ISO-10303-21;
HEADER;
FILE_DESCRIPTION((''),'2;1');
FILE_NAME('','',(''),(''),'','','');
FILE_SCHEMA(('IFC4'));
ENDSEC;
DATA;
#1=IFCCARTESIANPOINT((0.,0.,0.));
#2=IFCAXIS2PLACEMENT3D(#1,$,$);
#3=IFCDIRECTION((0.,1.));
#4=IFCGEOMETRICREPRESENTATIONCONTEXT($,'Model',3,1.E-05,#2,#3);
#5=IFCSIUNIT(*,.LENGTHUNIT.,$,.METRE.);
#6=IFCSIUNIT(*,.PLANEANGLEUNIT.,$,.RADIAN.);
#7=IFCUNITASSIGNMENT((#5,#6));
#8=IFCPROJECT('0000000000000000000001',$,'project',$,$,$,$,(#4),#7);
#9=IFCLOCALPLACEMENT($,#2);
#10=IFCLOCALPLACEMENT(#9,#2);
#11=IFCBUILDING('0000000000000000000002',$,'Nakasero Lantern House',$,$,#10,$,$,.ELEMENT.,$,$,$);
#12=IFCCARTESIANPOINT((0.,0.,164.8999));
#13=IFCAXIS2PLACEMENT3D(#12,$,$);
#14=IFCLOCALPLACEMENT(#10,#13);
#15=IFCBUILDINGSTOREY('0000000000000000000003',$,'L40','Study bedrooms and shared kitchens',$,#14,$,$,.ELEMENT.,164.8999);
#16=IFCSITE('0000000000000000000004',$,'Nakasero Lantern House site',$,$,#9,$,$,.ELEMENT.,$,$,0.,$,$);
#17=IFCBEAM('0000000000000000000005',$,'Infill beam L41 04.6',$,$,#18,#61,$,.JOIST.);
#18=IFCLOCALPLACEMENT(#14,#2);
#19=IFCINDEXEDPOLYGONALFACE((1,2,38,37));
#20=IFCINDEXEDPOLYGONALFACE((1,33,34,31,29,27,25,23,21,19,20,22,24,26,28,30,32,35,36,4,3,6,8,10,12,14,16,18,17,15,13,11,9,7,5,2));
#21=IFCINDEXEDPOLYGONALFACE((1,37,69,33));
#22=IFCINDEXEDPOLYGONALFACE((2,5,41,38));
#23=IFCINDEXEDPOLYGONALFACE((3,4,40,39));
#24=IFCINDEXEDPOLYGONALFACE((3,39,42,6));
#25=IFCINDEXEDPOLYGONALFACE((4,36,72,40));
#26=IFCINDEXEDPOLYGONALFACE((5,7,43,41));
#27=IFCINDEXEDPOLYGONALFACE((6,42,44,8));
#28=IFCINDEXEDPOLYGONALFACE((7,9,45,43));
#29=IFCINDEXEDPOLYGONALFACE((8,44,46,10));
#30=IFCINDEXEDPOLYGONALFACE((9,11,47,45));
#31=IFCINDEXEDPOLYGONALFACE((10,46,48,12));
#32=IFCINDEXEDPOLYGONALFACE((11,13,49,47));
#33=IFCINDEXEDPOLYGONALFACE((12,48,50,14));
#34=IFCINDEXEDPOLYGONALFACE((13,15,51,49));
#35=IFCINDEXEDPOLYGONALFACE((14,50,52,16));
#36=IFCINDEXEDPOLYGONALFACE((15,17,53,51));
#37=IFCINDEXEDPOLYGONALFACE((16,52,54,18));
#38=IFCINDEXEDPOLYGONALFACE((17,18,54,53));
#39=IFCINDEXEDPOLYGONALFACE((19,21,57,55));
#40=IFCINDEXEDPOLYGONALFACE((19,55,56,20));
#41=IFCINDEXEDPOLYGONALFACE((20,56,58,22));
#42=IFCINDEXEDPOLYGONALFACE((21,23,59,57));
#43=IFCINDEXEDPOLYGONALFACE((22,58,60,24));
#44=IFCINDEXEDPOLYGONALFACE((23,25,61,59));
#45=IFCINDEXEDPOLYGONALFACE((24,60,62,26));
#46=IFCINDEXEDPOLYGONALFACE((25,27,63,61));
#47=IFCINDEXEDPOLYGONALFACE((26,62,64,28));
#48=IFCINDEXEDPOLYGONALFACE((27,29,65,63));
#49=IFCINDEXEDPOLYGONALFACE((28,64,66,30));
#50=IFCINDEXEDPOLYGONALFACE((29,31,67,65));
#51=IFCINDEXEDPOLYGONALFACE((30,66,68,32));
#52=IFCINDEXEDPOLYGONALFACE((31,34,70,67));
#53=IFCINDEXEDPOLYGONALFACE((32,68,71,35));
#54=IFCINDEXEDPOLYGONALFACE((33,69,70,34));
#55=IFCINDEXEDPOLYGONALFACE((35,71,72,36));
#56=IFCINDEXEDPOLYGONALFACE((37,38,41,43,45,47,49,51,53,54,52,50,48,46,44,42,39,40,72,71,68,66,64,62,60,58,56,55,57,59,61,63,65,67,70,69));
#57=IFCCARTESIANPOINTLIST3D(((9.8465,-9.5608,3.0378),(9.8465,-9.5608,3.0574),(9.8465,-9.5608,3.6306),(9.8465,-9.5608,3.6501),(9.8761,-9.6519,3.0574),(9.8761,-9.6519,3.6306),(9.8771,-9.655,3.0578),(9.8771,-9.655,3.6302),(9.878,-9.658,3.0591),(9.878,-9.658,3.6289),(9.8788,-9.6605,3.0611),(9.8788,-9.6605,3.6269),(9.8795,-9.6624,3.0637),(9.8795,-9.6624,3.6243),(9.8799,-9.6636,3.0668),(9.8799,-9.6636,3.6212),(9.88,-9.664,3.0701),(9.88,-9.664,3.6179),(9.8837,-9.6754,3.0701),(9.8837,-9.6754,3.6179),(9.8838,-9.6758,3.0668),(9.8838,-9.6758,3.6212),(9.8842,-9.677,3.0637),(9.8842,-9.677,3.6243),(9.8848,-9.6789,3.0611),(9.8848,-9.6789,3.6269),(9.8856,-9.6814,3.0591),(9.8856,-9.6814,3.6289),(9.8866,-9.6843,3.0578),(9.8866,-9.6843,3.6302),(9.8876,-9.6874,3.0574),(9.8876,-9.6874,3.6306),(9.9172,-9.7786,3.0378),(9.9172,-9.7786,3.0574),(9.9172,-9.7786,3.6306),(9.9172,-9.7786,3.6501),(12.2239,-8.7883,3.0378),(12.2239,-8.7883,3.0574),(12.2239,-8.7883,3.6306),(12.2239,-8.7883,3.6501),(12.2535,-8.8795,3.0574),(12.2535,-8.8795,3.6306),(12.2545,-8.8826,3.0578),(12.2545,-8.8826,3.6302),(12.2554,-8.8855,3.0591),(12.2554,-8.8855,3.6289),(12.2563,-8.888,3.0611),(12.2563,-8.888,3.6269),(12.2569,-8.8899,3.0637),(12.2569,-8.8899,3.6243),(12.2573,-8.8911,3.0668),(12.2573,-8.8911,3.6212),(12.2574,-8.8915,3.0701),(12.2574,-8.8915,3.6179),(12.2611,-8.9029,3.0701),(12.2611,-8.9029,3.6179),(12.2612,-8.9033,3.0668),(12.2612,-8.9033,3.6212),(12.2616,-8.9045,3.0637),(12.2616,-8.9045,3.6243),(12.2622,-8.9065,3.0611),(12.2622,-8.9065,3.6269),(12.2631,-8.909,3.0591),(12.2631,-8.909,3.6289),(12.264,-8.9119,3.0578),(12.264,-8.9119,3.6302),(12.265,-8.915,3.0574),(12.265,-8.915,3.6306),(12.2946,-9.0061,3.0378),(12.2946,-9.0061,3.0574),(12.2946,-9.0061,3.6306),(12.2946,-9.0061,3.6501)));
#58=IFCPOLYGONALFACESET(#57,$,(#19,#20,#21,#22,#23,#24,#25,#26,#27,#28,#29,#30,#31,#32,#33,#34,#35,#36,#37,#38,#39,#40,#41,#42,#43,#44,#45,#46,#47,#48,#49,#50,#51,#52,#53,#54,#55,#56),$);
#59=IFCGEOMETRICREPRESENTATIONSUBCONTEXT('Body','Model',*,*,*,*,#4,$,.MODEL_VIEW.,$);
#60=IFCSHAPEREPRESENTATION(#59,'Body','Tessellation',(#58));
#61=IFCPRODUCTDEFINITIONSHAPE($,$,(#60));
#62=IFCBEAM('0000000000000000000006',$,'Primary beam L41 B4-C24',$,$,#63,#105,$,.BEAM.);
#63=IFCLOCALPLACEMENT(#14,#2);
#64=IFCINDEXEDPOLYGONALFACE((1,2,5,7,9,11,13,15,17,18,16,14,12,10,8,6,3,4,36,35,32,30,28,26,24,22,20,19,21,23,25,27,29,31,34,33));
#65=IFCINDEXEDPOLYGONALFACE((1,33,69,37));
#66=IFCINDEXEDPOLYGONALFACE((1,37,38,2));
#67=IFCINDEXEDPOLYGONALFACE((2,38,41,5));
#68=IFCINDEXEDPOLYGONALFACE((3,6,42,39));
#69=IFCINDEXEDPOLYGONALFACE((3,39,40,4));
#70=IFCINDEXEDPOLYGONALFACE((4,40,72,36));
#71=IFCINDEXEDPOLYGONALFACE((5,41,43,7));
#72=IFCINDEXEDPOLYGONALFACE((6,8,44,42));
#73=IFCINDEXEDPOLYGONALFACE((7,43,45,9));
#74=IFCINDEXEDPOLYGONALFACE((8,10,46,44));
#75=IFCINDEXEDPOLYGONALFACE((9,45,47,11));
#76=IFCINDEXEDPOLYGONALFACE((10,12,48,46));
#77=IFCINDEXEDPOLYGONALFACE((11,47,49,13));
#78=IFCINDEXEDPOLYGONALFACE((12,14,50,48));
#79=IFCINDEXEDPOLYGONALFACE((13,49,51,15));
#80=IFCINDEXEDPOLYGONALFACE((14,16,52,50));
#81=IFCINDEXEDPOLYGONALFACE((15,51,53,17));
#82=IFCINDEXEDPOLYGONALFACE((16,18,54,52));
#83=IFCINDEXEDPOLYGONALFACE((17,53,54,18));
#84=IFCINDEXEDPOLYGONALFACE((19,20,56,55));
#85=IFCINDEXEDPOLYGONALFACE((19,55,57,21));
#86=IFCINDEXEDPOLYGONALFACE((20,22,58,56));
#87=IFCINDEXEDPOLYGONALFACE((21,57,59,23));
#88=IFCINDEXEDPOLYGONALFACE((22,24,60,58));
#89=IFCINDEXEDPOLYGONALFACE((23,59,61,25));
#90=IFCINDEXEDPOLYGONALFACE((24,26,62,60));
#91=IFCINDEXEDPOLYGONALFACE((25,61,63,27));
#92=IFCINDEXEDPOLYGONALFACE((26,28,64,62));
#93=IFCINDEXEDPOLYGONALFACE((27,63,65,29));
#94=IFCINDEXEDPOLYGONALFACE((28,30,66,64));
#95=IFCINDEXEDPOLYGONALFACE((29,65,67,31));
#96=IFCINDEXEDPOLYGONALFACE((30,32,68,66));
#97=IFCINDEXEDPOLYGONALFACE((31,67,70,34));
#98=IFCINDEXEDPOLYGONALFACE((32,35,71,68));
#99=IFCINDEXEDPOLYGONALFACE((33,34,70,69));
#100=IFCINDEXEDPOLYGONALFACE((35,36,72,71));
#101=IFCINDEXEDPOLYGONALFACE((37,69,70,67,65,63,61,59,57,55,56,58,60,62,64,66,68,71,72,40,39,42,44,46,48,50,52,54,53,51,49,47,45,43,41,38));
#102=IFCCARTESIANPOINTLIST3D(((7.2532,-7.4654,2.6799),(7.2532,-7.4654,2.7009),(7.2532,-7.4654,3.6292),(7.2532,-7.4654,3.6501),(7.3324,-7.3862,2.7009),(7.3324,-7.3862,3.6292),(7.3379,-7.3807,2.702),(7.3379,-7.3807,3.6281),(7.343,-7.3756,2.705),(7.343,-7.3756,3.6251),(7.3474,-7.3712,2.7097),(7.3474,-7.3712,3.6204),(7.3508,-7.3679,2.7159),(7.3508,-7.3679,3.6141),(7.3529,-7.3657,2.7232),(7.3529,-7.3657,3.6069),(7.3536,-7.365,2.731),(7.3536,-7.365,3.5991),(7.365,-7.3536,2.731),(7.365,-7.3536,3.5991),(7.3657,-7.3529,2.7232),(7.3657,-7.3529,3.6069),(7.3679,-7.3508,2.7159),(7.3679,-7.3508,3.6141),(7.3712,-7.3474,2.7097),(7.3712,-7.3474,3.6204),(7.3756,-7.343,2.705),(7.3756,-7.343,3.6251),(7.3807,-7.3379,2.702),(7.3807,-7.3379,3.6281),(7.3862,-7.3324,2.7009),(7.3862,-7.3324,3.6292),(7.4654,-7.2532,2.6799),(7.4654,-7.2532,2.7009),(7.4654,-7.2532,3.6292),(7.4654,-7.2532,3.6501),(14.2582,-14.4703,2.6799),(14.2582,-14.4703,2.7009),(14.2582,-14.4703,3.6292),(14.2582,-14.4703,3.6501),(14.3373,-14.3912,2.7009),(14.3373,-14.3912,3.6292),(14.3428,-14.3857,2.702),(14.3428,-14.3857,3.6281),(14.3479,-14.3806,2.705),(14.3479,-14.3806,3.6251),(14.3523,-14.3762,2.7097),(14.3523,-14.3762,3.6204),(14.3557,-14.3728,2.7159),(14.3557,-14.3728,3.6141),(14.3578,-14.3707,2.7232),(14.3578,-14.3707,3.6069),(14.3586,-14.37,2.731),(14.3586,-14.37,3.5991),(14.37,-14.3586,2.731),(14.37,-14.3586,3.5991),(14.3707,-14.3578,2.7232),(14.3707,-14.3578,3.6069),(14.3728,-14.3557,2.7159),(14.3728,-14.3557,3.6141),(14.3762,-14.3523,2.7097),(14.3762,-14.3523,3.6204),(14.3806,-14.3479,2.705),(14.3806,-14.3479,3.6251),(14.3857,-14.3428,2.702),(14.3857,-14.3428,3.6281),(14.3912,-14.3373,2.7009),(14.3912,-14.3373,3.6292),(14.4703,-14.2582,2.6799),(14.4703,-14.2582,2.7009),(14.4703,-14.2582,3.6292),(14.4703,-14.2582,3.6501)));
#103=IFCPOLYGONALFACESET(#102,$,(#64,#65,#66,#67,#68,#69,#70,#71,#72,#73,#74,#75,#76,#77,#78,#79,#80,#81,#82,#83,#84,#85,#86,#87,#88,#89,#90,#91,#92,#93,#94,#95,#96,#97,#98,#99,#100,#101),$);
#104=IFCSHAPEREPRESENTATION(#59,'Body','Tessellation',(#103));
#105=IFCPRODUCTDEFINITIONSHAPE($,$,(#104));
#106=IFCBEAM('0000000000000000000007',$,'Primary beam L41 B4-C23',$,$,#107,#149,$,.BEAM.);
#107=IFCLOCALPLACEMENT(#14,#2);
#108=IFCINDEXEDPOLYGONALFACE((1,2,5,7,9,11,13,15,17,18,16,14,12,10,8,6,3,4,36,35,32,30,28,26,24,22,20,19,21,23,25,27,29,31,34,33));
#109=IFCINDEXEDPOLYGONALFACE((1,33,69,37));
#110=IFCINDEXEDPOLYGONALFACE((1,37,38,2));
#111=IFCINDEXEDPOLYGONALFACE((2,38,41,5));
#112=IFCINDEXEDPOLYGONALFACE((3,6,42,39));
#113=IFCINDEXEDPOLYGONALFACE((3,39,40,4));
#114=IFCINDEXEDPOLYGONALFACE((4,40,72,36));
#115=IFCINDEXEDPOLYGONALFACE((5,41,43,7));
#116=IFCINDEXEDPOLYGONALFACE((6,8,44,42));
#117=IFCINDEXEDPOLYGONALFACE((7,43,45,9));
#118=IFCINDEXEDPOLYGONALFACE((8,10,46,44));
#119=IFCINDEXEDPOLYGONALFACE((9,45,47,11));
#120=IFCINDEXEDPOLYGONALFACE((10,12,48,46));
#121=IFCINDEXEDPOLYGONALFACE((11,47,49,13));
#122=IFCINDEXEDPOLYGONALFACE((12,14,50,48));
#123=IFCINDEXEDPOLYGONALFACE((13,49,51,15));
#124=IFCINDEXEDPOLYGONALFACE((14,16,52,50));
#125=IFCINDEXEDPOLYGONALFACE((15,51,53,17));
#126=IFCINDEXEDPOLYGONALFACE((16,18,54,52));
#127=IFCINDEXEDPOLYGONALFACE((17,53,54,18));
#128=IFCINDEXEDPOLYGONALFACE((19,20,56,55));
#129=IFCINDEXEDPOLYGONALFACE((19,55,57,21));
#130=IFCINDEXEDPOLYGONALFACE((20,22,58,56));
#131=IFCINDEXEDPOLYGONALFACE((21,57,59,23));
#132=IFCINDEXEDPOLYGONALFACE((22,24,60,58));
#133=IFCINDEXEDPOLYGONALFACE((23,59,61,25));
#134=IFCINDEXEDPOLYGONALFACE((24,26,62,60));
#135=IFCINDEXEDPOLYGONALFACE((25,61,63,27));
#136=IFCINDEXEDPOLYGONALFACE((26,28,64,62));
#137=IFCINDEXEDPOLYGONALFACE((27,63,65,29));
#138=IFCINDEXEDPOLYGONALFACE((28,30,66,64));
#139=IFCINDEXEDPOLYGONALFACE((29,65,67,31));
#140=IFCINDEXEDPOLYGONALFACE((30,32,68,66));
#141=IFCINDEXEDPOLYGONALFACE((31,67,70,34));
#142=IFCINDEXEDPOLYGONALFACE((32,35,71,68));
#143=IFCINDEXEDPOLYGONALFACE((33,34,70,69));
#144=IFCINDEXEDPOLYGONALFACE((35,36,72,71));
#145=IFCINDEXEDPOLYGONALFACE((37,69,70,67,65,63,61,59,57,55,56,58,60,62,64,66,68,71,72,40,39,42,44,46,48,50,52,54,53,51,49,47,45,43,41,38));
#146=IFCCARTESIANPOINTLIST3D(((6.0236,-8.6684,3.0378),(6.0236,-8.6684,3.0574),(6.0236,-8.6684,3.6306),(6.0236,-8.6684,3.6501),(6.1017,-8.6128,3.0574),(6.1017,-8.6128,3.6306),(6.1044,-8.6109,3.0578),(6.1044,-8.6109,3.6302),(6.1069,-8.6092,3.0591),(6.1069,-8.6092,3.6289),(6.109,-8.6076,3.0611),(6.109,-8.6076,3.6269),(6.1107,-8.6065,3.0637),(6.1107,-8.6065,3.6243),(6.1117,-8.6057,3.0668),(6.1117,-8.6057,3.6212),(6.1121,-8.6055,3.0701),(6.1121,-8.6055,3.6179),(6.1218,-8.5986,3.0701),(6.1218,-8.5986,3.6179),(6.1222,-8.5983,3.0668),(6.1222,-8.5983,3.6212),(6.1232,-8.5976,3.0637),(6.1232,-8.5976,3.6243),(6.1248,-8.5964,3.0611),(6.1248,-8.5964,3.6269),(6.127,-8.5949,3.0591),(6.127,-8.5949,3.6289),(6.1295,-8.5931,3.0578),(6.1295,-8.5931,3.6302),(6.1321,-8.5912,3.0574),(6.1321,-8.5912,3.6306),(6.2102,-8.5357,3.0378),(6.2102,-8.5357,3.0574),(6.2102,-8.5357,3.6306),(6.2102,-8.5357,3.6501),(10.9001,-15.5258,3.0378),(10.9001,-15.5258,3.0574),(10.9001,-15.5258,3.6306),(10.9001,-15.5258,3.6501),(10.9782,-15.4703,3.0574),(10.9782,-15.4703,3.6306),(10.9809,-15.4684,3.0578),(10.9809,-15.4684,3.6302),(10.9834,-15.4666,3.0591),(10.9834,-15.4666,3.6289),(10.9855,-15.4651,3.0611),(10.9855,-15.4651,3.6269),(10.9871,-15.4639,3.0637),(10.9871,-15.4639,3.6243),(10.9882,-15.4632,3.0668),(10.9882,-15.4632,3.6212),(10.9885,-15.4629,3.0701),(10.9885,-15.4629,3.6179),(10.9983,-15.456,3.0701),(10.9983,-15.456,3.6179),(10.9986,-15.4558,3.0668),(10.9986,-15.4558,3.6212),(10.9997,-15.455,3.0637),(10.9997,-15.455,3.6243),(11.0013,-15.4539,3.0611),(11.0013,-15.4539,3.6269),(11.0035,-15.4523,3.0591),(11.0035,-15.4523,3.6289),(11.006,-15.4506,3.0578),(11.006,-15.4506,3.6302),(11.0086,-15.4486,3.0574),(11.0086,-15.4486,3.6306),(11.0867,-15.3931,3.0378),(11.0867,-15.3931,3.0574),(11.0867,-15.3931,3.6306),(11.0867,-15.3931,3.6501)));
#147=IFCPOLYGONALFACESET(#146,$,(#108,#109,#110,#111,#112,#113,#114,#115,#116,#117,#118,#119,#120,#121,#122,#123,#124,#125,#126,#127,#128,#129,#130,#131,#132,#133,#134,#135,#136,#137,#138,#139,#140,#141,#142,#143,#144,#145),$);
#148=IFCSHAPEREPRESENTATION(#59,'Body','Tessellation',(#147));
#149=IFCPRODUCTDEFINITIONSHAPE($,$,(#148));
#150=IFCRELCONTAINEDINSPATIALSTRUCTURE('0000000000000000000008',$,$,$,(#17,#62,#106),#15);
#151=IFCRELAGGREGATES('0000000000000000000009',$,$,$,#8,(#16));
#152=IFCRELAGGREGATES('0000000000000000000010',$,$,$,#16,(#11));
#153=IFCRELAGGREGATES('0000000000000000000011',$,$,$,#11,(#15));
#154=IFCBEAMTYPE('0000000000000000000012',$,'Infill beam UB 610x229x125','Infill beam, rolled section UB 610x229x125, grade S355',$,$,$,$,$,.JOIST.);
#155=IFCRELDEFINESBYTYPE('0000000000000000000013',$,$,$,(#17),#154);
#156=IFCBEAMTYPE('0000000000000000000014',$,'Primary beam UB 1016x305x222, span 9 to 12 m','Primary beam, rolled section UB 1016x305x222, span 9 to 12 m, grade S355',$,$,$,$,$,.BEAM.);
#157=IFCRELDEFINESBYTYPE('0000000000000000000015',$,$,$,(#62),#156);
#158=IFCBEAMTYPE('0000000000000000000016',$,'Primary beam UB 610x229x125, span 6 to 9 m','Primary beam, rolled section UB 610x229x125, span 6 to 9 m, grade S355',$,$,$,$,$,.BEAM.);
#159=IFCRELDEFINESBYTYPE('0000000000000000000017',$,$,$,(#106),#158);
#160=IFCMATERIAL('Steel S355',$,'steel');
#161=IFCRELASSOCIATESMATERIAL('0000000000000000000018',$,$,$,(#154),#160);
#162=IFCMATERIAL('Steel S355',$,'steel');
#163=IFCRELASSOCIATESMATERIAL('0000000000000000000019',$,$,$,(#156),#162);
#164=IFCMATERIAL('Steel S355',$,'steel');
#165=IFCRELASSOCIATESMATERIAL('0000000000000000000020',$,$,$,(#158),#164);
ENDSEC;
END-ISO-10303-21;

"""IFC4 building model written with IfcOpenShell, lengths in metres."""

from ifc_helpers import new_model, si_unit, direction, frame, origin, origin_2d, place, context, subcontext, project, spatial, i_section, extrude, material, material_profile, profile_set, type_object, element, save


model = new_model("IFC4")

# Units and contexts
model_context = context("Model", 3, precision=1e-05, world=origin(), true_north=direction((0.0, 1.0)))
body_context = subcontext(model_context, "Body", "Model", "MODEL_VIEW")
ifc_project = project(units=[si_unit("LENGTHUNIT", "METRE"), si_unit("PLANEANGLEUNIT", "RADIAN")], contexts=[model_context])

# Site, building, storey
site_placement = place(None, origin())
site = spatial("IfcSite", under=ifc_project, at=site_placement, Name="Nakasero Lantern House site", CompositionType="ELEMENT", RefElevation=0.0)
building_placement = place(site_placement, origin())
building = spatial("IfcBuilding", under=site, at=building_placement, Name="Nakasero Lantern House", CompositionType="ELEMENT")
storey_placement = place(building_placement, frame((0.0, 0.0, 164.8999)))
storey = spatial("IfcBuildingStorey", under=building, at=storey_placement, Name="L40", Description="Study bedrooms and shared kitchens", CompositionType="ELEMENT", Elevation=164.8999)

# Beams
ifc_material_1 = material(Name="Steel S355", Category="steel")
ifc_material_profile_1 = material_profile(ifc_material_1, i_section(OverallWidth=0.229, OverallDepth=0.6123, WebThickness=0.012, FlangeThickness=0.0195, FilletRadius=0.0127, at=origin_2d()), Name="UB 610x229x125")
ifc_profile_set_1 = profile_set([ifc_material_profile_1], Name="Steel S355")
beam_type_1 = type_object("IfcBeamType", Name="Infill beam UB 610x229x125", Description="Infill beam, rolled section UB 610x229x125, grade S355", PredefinedType="JOIST", material=ifc_profile_set_1)
beam_1_placement = place(storey_placement, frame((9.8818, -9.6697, 3.344), z_axis=(0.951058, 0.309011, 0.0), x_axis=(-0.309011, 0.951058, 0.0)))
element("IfcBeam", 1, at=beam_1_placement, inside=storey, type_object=beam_type_1, Name="Infill beam L41 04.6", PredefinedType="JOIST", context=body_context, shape_type="SweptSolid", body=[
    extrude(i_section(OverallWidth=0.229, OverallDepth=0.6123, WebThickness=0.012, FlangeThickness=0.0195, FilletRadius=0.0127, at=origin_2d()), origin(), (0.0, 0.0, 1.0), 2.4998),
])
ifc_material_2 = material(Name="Steel S355", Category="steel")
ifc_material_profile_2 = material_profile(ifc_material_2, i_section(OverallWidth=0.3, OverallDepth=0.9702, WebThickness=0.0161, FlangeThickness=0.021, FilletRadius=0.03, at=origin_2d()), Name="UB 1016x305x222")
ifc_profile_set_2 = profile_set([ifc_material_profile_2], Name="Steel S355")
beam_type_2 = type_object("IfcBeamType", Name="Primary beam UB 1016x305x222, span 9 to 12 m", Description="Primary beam, rolled section UB 1016x305x222, span 9 to 12 m, grade S355", PredefinedType="BEAM", material=ifc_profile_set_2)
beam_2_placement = place(storey_placement, frame((14.3643, -14.3643, 3.165), z_axis=(-0.707107, 0.707107, 0.0), x_axis=(-0.707107, -0.707107, 0.0)))
element("IfcBeam", 2, at=beam_2_placement, inside=storey, type_object=beam_type_2, Name="Primary beam L41 B4-C24", PredefinedType="BEAM", context=body_context, shape_type="SweptSolid", body=[
    extrude(i_section(OverallWidth=0.3, OverallDepth=0.9702, WebThickness=0.0161, FlangeThickness=0.021, FilletRadius=0.03, at=origin_2d()), origin(), (0.0, 0.0, 1.0), 9.9065),
])
ifc_material_3 = material(Name="Steel S355", Category="steel")
ifc_material_profile_3 = material_profile(ifc_material_3, i_section(OverallWidth=0.229, OverallDepth=0.6123, WebThickness=0.012, FlangeThickness=0.0195, FilletRadius=0.0127, at=origin_2d()), Name="UB 610x229x125")
ifc_profile_set_3 = profile_set([ifc_material_profile_3], Name="Steel S355")
beam_type_3 = type_object("IfcBeamType", Name="Primary beam UB 610x229x125, span 6 to 9 m", Description="Primary beam, rolled section UB 610x229x125, span 6 to 9 m, grade S355", PredefinedType="BEAM", material=ifc_profile_set_3)
beam_3_placement = place(storey_placement, frame((10.9934, -15.4595, 3.344), z_axis=(-0.57953, 0.814951, 0.0), x_axis=(-0.814951, -0.57953, 0.0)))
element("IfcBeam", 3, at=beam_3_placement, inside=storey, type_object=beam_type_3, Name="Primary beam L41 B4-C23", PredefinedType="BEAM", context=body_context, shape_type="SweptSolid", body=[
    extrude(i_section(OverallWidth=0.229, OverallDepth=0.6123, WebThickness=0.012, FlangeThickness=0.0195, FilletRadius=0.0127, at=origin_2d()), origin(), (0.0, 0.0, 1.0), 8.4146),
])

save(model, "model.ifc")
